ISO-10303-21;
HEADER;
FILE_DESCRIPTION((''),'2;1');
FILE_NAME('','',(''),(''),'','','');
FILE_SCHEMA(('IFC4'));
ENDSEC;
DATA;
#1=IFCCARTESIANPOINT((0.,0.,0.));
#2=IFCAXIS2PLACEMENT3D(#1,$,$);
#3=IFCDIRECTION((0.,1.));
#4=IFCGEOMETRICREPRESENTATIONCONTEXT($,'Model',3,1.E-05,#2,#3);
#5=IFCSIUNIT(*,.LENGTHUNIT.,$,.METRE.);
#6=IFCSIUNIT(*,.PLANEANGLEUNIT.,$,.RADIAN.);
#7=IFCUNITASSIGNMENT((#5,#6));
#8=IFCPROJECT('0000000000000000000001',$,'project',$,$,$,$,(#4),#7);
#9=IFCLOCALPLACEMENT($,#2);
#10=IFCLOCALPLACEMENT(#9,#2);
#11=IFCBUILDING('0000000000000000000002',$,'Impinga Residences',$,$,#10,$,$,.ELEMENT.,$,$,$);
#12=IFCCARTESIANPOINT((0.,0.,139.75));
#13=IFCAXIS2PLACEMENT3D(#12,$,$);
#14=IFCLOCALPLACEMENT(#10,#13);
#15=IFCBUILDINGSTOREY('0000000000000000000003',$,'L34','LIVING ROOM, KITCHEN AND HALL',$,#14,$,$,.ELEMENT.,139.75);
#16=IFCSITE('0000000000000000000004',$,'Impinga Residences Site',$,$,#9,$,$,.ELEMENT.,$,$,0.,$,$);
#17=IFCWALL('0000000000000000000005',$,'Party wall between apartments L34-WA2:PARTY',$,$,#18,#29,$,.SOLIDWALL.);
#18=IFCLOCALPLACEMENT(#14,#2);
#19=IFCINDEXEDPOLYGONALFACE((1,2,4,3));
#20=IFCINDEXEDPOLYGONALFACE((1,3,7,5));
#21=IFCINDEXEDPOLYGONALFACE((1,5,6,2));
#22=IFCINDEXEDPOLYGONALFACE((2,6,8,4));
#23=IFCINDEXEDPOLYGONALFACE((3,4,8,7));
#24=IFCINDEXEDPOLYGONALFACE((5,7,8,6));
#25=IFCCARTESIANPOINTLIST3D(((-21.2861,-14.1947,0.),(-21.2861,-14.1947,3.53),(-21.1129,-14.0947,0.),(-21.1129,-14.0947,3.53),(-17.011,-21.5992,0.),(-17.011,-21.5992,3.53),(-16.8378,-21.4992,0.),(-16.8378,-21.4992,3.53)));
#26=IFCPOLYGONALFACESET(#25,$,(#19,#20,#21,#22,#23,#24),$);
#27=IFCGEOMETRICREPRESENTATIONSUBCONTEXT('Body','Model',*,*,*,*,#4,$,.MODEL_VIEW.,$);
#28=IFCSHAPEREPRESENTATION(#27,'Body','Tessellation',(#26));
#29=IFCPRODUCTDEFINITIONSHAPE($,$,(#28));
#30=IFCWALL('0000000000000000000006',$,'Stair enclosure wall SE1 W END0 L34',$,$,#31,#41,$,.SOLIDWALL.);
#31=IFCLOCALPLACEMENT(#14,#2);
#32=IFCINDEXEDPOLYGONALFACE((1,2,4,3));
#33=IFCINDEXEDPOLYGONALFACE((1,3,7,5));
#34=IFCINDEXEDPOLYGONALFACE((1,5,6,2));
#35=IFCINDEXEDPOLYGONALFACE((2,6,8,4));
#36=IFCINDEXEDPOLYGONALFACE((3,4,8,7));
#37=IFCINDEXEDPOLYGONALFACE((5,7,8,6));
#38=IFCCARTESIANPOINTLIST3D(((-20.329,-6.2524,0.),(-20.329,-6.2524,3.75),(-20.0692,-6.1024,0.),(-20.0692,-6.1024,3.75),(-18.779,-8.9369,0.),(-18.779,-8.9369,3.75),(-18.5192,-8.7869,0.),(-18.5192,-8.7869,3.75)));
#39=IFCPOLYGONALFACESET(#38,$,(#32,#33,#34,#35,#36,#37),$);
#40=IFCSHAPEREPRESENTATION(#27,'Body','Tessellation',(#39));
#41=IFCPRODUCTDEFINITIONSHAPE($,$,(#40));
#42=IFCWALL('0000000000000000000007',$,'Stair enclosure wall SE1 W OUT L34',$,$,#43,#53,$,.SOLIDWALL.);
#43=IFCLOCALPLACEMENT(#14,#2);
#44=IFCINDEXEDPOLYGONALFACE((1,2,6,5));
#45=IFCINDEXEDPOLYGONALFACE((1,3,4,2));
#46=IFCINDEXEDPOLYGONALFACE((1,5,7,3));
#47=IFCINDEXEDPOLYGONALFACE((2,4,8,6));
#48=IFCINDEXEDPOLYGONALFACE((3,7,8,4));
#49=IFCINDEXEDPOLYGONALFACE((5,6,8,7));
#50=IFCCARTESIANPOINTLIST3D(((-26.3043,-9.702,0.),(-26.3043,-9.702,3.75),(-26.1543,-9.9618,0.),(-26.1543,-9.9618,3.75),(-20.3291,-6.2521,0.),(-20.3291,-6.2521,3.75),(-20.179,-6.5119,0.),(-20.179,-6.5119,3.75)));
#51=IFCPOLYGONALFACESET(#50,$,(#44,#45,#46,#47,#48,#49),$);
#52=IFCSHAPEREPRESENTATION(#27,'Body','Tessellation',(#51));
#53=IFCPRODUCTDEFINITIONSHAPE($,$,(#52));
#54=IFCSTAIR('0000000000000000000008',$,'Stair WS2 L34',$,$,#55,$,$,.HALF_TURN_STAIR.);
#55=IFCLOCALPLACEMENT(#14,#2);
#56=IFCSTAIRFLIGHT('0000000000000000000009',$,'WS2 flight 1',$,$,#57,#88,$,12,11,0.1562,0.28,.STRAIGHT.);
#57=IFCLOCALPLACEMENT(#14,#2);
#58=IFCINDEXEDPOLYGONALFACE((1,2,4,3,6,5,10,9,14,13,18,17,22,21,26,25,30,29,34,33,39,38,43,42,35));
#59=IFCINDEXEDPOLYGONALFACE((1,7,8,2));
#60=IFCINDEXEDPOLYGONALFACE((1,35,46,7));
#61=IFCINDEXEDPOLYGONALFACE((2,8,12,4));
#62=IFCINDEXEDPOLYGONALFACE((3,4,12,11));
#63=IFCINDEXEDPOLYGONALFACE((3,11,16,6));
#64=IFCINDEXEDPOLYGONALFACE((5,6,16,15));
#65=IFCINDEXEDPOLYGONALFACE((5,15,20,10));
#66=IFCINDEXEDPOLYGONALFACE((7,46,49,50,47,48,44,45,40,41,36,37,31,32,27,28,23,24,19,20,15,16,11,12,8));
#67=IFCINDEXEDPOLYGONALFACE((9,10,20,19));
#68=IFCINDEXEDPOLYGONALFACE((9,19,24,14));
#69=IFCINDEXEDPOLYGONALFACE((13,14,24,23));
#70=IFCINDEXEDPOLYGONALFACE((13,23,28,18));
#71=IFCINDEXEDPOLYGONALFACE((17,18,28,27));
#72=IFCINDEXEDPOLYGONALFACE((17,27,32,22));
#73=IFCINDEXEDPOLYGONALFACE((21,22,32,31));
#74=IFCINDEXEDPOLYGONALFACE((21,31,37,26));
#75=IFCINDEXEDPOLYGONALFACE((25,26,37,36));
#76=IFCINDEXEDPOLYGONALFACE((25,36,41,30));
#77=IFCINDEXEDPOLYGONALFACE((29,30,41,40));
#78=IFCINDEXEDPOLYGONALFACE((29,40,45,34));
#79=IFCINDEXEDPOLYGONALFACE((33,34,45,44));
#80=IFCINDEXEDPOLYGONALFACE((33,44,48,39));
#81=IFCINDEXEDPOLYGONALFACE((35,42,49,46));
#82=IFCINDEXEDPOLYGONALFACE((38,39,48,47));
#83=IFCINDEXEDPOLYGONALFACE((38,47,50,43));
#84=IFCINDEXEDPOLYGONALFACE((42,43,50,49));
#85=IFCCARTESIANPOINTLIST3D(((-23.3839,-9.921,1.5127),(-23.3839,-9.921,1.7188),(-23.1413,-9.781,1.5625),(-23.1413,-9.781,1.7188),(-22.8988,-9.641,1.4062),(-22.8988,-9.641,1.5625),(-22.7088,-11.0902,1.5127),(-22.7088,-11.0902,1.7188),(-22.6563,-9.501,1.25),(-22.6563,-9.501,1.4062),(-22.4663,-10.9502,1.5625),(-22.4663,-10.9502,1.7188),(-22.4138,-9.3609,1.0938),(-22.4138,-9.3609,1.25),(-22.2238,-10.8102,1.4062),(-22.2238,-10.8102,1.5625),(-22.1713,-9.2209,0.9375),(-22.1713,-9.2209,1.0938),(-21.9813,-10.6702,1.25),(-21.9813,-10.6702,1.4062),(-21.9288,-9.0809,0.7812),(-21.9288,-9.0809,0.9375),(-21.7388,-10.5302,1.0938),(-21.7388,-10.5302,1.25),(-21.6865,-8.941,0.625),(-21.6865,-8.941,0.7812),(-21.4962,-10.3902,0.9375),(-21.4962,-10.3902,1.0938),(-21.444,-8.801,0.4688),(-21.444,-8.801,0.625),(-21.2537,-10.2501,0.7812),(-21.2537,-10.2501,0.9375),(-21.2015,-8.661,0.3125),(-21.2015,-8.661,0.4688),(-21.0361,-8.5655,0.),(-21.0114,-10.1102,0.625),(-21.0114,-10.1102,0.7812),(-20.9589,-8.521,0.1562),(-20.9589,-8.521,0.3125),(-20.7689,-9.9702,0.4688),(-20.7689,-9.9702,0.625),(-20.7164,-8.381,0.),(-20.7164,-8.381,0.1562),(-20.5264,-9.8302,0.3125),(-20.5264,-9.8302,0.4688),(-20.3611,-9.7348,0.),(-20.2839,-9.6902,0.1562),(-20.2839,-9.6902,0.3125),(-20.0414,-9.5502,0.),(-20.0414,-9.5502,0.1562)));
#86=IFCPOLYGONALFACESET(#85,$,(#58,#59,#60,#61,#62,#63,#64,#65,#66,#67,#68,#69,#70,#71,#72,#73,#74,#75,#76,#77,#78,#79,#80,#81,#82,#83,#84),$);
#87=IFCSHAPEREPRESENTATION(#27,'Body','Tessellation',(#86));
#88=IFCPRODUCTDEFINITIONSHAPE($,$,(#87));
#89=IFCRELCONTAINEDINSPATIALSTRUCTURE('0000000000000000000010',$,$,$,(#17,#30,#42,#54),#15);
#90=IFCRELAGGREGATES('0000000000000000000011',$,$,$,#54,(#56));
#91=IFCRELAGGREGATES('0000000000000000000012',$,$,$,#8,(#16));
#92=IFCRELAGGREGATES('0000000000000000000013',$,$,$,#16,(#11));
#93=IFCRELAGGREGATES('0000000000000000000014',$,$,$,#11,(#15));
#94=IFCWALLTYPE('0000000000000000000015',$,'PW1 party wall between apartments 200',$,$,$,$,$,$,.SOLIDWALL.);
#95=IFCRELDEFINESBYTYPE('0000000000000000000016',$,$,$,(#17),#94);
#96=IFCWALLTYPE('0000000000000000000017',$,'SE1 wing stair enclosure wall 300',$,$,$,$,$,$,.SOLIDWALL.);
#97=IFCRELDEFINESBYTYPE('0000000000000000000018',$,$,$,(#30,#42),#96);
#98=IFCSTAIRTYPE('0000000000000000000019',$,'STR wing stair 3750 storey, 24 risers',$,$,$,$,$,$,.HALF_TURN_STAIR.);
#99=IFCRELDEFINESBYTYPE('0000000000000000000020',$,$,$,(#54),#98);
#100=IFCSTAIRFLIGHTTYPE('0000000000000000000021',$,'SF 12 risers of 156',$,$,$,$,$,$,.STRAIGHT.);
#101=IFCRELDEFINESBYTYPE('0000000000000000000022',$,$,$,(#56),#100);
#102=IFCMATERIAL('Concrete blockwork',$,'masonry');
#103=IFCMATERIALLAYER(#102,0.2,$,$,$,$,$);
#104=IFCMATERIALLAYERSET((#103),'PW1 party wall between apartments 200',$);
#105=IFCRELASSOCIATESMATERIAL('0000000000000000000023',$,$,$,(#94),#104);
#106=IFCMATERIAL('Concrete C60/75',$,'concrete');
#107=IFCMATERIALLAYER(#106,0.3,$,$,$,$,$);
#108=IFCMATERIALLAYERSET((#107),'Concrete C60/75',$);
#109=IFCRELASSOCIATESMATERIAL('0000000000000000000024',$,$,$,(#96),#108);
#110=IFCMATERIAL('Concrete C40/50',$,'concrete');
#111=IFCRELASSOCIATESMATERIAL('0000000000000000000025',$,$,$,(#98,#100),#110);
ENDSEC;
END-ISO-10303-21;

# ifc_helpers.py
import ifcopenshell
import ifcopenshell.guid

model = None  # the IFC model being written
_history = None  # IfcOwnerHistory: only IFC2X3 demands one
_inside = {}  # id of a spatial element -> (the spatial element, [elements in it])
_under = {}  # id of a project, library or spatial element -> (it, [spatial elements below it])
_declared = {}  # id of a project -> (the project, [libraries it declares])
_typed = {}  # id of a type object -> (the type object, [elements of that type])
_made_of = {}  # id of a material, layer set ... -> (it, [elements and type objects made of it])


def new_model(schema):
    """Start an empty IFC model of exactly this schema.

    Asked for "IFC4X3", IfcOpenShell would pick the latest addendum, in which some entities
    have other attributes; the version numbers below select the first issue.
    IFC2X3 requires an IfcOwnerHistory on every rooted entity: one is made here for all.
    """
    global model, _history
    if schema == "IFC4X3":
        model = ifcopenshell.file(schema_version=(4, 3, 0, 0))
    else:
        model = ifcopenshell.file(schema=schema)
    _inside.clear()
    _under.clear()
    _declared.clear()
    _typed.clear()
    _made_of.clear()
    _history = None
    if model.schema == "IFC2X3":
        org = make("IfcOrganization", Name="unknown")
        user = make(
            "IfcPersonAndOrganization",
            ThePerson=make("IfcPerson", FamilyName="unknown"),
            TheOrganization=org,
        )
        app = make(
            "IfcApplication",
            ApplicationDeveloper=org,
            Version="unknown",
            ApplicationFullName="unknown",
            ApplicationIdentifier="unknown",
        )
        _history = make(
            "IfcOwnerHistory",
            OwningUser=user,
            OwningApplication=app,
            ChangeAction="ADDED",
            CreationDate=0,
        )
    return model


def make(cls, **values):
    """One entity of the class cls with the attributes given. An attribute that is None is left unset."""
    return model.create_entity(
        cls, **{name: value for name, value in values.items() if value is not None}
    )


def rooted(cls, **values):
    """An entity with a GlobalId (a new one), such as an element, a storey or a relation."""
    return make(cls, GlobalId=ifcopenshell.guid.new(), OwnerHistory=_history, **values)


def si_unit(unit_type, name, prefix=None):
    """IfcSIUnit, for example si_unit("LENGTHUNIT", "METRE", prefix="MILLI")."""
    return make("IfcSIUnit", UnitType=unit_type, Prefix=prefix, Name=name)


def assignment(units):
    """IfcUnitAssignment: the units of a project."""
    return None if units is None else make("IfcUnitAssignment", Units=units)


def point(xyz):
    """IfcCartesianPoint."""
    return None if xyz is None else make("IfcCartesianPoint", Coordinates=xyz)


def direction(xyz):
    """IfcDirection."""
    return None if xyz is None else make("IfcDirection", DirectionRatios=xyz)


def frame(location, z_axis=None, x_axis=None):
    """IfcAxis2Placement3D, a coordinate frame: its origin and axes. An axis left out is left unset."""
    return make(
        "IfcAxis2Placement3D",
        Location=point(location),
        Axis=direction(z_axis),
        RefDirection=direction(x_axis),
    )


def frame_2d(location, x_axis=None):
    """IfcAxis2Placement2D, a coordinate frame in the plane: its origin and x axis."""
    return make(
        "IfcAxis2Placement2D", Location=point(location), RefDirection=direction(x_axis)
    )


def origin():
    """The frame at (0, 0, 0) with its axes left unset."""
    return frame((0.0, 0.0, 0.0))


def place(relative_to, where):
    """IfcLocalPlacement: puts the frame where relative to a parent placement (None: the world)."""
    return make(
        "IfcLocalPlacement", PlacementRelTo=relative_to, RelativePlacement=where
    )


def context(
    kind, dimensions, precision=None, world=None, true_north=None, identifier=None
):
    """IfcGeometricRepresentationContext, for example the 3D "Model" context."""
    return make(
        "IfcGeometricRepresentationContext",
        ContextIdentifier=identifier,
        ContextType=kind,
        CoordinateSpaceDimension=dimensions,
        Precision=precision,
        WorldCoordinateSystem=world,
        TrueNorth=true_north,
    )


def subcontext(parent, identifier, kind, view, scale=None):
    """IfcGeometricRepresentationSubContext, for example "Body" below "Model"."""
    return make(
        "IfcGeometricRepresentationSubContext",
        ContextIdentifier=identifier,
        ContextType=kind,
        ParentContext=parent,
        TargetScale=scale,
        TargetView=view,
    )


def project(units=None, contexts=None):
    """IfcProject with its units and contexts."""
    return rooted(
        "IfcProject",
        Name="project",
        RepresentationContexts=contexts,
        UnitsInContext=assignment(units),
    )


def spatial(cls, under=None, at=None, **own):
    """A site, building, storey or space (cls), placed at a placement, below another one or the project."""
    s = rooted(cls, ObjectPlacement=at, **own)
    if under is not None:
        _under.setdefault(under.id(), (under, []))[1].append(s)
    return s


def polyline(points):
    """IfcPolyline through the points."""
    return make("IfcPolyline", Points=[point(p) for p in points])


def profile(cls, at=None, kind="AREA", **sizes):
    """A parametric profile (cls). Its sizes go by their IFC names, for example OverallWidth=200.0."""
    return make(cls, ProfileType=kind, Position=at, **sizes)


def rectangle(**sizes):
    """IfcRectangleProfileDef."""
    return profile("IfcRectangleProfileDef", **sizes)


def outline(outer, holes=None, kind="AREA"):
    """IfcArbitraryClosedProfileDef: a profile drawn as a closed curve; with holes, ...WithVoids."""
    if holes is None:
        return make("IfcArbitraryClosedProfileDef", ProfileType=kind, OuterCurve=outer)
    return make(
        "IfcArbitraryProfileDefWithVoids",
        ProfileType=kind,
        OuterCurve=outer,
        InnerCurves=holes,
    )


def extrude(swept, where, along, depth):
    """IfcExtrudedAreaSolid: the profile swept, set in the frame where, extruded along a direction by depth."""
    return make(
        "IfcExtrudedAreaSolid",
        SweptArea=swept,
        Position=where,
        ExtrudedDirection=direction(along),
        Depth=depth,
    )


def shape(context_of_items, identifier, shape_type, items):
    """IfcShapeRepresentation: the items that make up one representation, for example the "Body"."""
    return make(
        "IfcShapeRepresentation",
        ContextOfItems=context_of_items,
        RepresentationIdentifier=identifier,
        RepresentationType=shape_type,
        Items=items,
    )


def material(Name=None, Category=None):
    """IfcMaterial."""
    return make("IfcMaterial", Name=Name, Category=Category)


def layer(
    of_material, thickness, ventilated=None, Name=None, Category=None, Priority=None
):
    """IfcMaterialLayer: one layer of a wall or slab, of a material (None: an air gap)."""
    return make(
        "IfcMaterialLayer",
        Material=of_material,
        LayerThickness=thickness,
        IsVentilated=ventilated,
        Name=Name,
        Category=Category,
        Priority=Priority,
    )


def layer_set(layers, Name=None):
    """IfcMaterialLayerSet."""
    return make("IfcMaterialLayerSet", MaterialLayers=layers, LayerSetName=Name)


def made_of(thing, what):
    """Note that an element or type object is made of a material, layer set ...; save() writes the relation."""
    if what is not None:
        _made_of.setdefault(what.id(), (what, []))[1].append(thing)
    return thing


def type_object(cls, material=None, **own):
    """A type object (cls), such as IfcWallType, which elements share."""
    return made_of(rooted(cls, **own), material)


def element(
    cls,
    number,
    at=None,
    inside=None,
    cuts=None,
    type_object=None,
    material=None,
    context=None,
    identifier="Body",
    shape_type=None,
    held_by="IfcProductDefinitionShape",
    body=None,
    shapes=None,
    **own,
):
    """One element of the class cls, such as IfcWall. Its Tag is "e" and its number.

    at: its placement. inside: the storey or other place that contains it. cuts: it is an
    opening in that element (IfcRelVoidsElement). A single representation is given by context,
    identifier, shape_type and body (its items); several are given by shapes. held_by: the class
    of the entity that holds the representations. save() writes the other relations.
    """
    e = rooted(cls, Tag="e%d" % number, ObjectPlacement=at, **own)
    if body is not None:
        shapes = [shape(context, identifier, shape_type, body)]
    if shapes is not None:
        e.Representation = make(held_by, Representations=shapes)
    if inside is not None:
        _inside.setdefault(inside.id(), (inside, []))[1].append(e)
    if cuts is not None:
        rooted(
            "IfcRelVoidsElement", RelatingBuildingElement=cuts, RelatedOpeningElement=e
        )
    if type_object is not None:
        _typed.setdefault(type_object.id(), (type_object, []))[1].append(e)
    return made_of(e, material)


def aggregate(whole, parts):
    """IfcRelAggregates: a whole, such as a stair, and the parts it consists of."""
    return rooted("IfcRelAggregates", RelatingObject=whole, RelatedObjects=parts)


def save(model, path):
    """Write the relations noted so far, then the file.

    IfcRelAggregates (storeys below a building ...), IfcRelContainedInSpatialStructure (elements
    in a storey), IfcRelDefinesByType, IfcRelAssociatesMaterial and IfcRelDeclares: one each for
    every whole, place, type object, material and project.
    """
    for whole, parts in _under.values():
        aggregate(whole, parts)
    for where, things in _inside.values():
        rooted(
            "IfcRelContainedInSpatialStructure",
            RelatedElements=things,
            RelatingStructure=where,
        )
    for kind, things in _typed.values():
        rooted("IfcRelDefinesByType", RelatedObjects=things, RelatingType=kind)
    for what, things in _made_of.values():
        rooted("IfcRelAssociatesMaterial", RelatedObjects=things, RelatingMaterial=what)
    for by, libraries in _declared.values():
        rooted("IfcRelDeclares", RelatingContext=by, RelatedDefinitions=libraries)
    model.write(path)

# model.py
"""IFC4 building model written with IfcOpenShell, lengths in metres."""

from ifc_helpers import new_model, si_unit, direction, frame, frame_2d, origin, place, context, subcontext, project, spatial, polyline, rectangle, outline, extrude, material, layer, layer_set, type_object, element, aggregate, save


model = new_model("IFC4")

# Units and contexts
model_context = context("Model", 3, precision=1e-05, world=origin(), true_north=direction((0.0, 1.0)))
body_context = subcontext(model_context, "Body", "Model", "MODEL_VIEW")
ifc_project = project(units=[si_unit("LENGTHUNIT", "METRE"), si_unit("PLANEANGLEUNIT", "RADIAN")], contexts=[model_context])

# Site, building, storey
site_placement = place(None, origin())
site = spatial("IfcSite", under=ifc_project, at=site_placement, Name="Impinga Residences Site", CompositionType="ELEMENT", RefElevation=0.0)
building_placement = place(site_placement, origin())
building = spatial("IfcBuilding", under=site, at=building_placement, Name="Impinga Residences", CompositionType="ELEMENT")
storey_placement = place(building_placement, frame((0.0, 0.0, 139.75)))
storey = spatial("IfcBuildingStorey", under=building, at=storey_placement, Name="L34", Description="LIVING ROOM, KITCHEN AND HALL", CompositionType="ELEMENT", Elevation=139.75)

# Shared definitions
ifc_material_1 = material(Name="Concrete C60/75", Category="concrete")

# Shared definitions
ifc_material_2 = material(Name="Concrete blockwork", Category="masonry")

# Walls
ifc_layer_1 = layer(ifc_material_2, 0.2)
ifc_layer_set_1 = layer_set([ifc_layer_1], Name="PW1 party wall between apartments 200")
wall_type_1 = type_object("IfcWallType", Name="PW1 party wall between apartments 200", PredefinedType="SOLIDWALL", material=ifc_layer_set_1)
wall_1_placement = place(storey_placement, frame((-21.1995, -14.1448, 0.0), z_axis=(0.0, 0.0, 1.0), x_axis=(0.500012, -0.866019, 0.0)))
element("IfcWall", 1, at=wall_1_placement, inside=storey, type_object=wall_type_1, Name="Party wall between apartments L34-WA2:PARTY", PredefinedType="SOLIDWALL", context=body_context, shape_type="SweptSolid", body=[
    extrude(rectangle(XDim=8.55, YDim=0.2, at=frame_2d((4.2749, 0.0))), origin(), (0.0, 0.0, 1.0), 3.53),
])
ifc_layer_2 = layer(ifc_material_1, 0.3)
ifc_layer_set_2 = layer_set([ifc_layer_2], Name="Concrete C60/75")
wall_type_2 = type_object("IfcWallType", Name="SE1 wing stair enclosure wall 300", PredefinedType="SOLIDWALL", material=ifc_layer_set_2)
wall_2_placement = place(storey_placement, frame((-18.6492, -8.8618, 0.0), z_axis=(0.0, 0.0, 1.0), x_axis=(-0.500027, 0.86601, 0.0)))
element("IfcWall", 2, at=wall_2_placement, inside=storey, type_object=wall_type_2, Name="Stair enclosure wall SE1 W END0 L34", PredefinedType="SOLIDWALL", context=body_context, shape_type="SweptSolid", body=[
    extrude(rectangle(XDim=3.0999, YDim=0.3, at=frame_2d((1.5498, 0.0))), origin(), (0.0, 0.0, 1.0), 3.75),
])
wall_3_placement = place(storey_placement, frame((-20.2542, -6.3821, 0.0), z_axis=(0.0, 0.0, 1.0), x_axis=(-0.86602, -0.500009, 0.0)))
element("IfcWall", 3, at=wall_3_placement, inside=storey, type_object=wall_type_2, Name="Stair enclosure wall SE1 W OUT L34", PredefinedType="SOLIDWALL", context=body_context, shape_type="SweptSolid", body=[
    extrude(rectangle(XDim=6.8997, YDim=0.3, at=frame_2d((3.4497, 0.0))), origin(), (0.0, 0.0, 1.0), 3.75),
])

# Stair, stair flight
ifc_material_3 = material(Name="Concrete C40/50", Category="concrete")
stair_type = type_object("IfcStairType", Name="STR wing stair 3750 storey, 24 risers", PredefinedType="HALF_TURN_STAIR", material=ifc_material_3)
stair_placement = place(storey_placement, origin())
stair = element("IfcStair", 4, at=stair_placement, inside=storey, type_object=stair_type, Name="Stair WS2 L34", PredefinedType="HALF_TURN_STAIR")
stair_flight_type = type_object("IfcStairFlightType", Name="SF 12 risers of 156", PredefinedType="STRAIGHT", material=ifc_material_3)
stair_flight_placement = place(storey_placement, frame((-20.3789, -8.9656, 0.0), z_axis=(0.0, 0.0, 1.0), x_axis=(-0.866025, -0.5, 0.0)))
stair_flight = element("IfcStairFlight", 5, at=stair_flight_placement, type_object=stair_flight_type, Name="WS2 flight 1", NumberOfRisers=12, NumberOfTreads=11, PredefinedType="STRAIGHT", RiserHeight=0.1562, TreadLength=0.28, context=body_context, shape_type="SweptSolid", body=[
    extrude(outline(polyline([(0.0, 0.0), (0.0, 0.1562), (0.28, 0.1562), (0.28, 0.3125), (0.5601, 0.3125), (0.5601, 0.4688), (0.8401, 0.4688), (0.8401, 0.625), (1.1201, 0.625), (1.1201, 0.7812), (1.3999, 0.7812), (1.3999, 0.9375), (1.6799, 0.9375), (1.6799, 1.0938), (1.96, 1.0938), (1.96, 1.25), (2.24, 1.25), (2.24, 1.4062), (2.52, 1.4062), (2.52, 1.5625), (2.8, 1.5625), (2.8, 1.7188), (3.0801, 1.7188), (3.0801, 1.875), (3.0801, 1.5127), (0.3691, 0.0), (0.0, 0.0)])), frame((0.0, 0.675, 0.0), z_axis=(0.0, -1.0, 0.0), x_axis=(1.0, 0.0, 0.0)), (0.0, 0.0, 1.0), 1.3501),
])
aggregate(stair, [stair_flight])

save(model, "model.ifc")
